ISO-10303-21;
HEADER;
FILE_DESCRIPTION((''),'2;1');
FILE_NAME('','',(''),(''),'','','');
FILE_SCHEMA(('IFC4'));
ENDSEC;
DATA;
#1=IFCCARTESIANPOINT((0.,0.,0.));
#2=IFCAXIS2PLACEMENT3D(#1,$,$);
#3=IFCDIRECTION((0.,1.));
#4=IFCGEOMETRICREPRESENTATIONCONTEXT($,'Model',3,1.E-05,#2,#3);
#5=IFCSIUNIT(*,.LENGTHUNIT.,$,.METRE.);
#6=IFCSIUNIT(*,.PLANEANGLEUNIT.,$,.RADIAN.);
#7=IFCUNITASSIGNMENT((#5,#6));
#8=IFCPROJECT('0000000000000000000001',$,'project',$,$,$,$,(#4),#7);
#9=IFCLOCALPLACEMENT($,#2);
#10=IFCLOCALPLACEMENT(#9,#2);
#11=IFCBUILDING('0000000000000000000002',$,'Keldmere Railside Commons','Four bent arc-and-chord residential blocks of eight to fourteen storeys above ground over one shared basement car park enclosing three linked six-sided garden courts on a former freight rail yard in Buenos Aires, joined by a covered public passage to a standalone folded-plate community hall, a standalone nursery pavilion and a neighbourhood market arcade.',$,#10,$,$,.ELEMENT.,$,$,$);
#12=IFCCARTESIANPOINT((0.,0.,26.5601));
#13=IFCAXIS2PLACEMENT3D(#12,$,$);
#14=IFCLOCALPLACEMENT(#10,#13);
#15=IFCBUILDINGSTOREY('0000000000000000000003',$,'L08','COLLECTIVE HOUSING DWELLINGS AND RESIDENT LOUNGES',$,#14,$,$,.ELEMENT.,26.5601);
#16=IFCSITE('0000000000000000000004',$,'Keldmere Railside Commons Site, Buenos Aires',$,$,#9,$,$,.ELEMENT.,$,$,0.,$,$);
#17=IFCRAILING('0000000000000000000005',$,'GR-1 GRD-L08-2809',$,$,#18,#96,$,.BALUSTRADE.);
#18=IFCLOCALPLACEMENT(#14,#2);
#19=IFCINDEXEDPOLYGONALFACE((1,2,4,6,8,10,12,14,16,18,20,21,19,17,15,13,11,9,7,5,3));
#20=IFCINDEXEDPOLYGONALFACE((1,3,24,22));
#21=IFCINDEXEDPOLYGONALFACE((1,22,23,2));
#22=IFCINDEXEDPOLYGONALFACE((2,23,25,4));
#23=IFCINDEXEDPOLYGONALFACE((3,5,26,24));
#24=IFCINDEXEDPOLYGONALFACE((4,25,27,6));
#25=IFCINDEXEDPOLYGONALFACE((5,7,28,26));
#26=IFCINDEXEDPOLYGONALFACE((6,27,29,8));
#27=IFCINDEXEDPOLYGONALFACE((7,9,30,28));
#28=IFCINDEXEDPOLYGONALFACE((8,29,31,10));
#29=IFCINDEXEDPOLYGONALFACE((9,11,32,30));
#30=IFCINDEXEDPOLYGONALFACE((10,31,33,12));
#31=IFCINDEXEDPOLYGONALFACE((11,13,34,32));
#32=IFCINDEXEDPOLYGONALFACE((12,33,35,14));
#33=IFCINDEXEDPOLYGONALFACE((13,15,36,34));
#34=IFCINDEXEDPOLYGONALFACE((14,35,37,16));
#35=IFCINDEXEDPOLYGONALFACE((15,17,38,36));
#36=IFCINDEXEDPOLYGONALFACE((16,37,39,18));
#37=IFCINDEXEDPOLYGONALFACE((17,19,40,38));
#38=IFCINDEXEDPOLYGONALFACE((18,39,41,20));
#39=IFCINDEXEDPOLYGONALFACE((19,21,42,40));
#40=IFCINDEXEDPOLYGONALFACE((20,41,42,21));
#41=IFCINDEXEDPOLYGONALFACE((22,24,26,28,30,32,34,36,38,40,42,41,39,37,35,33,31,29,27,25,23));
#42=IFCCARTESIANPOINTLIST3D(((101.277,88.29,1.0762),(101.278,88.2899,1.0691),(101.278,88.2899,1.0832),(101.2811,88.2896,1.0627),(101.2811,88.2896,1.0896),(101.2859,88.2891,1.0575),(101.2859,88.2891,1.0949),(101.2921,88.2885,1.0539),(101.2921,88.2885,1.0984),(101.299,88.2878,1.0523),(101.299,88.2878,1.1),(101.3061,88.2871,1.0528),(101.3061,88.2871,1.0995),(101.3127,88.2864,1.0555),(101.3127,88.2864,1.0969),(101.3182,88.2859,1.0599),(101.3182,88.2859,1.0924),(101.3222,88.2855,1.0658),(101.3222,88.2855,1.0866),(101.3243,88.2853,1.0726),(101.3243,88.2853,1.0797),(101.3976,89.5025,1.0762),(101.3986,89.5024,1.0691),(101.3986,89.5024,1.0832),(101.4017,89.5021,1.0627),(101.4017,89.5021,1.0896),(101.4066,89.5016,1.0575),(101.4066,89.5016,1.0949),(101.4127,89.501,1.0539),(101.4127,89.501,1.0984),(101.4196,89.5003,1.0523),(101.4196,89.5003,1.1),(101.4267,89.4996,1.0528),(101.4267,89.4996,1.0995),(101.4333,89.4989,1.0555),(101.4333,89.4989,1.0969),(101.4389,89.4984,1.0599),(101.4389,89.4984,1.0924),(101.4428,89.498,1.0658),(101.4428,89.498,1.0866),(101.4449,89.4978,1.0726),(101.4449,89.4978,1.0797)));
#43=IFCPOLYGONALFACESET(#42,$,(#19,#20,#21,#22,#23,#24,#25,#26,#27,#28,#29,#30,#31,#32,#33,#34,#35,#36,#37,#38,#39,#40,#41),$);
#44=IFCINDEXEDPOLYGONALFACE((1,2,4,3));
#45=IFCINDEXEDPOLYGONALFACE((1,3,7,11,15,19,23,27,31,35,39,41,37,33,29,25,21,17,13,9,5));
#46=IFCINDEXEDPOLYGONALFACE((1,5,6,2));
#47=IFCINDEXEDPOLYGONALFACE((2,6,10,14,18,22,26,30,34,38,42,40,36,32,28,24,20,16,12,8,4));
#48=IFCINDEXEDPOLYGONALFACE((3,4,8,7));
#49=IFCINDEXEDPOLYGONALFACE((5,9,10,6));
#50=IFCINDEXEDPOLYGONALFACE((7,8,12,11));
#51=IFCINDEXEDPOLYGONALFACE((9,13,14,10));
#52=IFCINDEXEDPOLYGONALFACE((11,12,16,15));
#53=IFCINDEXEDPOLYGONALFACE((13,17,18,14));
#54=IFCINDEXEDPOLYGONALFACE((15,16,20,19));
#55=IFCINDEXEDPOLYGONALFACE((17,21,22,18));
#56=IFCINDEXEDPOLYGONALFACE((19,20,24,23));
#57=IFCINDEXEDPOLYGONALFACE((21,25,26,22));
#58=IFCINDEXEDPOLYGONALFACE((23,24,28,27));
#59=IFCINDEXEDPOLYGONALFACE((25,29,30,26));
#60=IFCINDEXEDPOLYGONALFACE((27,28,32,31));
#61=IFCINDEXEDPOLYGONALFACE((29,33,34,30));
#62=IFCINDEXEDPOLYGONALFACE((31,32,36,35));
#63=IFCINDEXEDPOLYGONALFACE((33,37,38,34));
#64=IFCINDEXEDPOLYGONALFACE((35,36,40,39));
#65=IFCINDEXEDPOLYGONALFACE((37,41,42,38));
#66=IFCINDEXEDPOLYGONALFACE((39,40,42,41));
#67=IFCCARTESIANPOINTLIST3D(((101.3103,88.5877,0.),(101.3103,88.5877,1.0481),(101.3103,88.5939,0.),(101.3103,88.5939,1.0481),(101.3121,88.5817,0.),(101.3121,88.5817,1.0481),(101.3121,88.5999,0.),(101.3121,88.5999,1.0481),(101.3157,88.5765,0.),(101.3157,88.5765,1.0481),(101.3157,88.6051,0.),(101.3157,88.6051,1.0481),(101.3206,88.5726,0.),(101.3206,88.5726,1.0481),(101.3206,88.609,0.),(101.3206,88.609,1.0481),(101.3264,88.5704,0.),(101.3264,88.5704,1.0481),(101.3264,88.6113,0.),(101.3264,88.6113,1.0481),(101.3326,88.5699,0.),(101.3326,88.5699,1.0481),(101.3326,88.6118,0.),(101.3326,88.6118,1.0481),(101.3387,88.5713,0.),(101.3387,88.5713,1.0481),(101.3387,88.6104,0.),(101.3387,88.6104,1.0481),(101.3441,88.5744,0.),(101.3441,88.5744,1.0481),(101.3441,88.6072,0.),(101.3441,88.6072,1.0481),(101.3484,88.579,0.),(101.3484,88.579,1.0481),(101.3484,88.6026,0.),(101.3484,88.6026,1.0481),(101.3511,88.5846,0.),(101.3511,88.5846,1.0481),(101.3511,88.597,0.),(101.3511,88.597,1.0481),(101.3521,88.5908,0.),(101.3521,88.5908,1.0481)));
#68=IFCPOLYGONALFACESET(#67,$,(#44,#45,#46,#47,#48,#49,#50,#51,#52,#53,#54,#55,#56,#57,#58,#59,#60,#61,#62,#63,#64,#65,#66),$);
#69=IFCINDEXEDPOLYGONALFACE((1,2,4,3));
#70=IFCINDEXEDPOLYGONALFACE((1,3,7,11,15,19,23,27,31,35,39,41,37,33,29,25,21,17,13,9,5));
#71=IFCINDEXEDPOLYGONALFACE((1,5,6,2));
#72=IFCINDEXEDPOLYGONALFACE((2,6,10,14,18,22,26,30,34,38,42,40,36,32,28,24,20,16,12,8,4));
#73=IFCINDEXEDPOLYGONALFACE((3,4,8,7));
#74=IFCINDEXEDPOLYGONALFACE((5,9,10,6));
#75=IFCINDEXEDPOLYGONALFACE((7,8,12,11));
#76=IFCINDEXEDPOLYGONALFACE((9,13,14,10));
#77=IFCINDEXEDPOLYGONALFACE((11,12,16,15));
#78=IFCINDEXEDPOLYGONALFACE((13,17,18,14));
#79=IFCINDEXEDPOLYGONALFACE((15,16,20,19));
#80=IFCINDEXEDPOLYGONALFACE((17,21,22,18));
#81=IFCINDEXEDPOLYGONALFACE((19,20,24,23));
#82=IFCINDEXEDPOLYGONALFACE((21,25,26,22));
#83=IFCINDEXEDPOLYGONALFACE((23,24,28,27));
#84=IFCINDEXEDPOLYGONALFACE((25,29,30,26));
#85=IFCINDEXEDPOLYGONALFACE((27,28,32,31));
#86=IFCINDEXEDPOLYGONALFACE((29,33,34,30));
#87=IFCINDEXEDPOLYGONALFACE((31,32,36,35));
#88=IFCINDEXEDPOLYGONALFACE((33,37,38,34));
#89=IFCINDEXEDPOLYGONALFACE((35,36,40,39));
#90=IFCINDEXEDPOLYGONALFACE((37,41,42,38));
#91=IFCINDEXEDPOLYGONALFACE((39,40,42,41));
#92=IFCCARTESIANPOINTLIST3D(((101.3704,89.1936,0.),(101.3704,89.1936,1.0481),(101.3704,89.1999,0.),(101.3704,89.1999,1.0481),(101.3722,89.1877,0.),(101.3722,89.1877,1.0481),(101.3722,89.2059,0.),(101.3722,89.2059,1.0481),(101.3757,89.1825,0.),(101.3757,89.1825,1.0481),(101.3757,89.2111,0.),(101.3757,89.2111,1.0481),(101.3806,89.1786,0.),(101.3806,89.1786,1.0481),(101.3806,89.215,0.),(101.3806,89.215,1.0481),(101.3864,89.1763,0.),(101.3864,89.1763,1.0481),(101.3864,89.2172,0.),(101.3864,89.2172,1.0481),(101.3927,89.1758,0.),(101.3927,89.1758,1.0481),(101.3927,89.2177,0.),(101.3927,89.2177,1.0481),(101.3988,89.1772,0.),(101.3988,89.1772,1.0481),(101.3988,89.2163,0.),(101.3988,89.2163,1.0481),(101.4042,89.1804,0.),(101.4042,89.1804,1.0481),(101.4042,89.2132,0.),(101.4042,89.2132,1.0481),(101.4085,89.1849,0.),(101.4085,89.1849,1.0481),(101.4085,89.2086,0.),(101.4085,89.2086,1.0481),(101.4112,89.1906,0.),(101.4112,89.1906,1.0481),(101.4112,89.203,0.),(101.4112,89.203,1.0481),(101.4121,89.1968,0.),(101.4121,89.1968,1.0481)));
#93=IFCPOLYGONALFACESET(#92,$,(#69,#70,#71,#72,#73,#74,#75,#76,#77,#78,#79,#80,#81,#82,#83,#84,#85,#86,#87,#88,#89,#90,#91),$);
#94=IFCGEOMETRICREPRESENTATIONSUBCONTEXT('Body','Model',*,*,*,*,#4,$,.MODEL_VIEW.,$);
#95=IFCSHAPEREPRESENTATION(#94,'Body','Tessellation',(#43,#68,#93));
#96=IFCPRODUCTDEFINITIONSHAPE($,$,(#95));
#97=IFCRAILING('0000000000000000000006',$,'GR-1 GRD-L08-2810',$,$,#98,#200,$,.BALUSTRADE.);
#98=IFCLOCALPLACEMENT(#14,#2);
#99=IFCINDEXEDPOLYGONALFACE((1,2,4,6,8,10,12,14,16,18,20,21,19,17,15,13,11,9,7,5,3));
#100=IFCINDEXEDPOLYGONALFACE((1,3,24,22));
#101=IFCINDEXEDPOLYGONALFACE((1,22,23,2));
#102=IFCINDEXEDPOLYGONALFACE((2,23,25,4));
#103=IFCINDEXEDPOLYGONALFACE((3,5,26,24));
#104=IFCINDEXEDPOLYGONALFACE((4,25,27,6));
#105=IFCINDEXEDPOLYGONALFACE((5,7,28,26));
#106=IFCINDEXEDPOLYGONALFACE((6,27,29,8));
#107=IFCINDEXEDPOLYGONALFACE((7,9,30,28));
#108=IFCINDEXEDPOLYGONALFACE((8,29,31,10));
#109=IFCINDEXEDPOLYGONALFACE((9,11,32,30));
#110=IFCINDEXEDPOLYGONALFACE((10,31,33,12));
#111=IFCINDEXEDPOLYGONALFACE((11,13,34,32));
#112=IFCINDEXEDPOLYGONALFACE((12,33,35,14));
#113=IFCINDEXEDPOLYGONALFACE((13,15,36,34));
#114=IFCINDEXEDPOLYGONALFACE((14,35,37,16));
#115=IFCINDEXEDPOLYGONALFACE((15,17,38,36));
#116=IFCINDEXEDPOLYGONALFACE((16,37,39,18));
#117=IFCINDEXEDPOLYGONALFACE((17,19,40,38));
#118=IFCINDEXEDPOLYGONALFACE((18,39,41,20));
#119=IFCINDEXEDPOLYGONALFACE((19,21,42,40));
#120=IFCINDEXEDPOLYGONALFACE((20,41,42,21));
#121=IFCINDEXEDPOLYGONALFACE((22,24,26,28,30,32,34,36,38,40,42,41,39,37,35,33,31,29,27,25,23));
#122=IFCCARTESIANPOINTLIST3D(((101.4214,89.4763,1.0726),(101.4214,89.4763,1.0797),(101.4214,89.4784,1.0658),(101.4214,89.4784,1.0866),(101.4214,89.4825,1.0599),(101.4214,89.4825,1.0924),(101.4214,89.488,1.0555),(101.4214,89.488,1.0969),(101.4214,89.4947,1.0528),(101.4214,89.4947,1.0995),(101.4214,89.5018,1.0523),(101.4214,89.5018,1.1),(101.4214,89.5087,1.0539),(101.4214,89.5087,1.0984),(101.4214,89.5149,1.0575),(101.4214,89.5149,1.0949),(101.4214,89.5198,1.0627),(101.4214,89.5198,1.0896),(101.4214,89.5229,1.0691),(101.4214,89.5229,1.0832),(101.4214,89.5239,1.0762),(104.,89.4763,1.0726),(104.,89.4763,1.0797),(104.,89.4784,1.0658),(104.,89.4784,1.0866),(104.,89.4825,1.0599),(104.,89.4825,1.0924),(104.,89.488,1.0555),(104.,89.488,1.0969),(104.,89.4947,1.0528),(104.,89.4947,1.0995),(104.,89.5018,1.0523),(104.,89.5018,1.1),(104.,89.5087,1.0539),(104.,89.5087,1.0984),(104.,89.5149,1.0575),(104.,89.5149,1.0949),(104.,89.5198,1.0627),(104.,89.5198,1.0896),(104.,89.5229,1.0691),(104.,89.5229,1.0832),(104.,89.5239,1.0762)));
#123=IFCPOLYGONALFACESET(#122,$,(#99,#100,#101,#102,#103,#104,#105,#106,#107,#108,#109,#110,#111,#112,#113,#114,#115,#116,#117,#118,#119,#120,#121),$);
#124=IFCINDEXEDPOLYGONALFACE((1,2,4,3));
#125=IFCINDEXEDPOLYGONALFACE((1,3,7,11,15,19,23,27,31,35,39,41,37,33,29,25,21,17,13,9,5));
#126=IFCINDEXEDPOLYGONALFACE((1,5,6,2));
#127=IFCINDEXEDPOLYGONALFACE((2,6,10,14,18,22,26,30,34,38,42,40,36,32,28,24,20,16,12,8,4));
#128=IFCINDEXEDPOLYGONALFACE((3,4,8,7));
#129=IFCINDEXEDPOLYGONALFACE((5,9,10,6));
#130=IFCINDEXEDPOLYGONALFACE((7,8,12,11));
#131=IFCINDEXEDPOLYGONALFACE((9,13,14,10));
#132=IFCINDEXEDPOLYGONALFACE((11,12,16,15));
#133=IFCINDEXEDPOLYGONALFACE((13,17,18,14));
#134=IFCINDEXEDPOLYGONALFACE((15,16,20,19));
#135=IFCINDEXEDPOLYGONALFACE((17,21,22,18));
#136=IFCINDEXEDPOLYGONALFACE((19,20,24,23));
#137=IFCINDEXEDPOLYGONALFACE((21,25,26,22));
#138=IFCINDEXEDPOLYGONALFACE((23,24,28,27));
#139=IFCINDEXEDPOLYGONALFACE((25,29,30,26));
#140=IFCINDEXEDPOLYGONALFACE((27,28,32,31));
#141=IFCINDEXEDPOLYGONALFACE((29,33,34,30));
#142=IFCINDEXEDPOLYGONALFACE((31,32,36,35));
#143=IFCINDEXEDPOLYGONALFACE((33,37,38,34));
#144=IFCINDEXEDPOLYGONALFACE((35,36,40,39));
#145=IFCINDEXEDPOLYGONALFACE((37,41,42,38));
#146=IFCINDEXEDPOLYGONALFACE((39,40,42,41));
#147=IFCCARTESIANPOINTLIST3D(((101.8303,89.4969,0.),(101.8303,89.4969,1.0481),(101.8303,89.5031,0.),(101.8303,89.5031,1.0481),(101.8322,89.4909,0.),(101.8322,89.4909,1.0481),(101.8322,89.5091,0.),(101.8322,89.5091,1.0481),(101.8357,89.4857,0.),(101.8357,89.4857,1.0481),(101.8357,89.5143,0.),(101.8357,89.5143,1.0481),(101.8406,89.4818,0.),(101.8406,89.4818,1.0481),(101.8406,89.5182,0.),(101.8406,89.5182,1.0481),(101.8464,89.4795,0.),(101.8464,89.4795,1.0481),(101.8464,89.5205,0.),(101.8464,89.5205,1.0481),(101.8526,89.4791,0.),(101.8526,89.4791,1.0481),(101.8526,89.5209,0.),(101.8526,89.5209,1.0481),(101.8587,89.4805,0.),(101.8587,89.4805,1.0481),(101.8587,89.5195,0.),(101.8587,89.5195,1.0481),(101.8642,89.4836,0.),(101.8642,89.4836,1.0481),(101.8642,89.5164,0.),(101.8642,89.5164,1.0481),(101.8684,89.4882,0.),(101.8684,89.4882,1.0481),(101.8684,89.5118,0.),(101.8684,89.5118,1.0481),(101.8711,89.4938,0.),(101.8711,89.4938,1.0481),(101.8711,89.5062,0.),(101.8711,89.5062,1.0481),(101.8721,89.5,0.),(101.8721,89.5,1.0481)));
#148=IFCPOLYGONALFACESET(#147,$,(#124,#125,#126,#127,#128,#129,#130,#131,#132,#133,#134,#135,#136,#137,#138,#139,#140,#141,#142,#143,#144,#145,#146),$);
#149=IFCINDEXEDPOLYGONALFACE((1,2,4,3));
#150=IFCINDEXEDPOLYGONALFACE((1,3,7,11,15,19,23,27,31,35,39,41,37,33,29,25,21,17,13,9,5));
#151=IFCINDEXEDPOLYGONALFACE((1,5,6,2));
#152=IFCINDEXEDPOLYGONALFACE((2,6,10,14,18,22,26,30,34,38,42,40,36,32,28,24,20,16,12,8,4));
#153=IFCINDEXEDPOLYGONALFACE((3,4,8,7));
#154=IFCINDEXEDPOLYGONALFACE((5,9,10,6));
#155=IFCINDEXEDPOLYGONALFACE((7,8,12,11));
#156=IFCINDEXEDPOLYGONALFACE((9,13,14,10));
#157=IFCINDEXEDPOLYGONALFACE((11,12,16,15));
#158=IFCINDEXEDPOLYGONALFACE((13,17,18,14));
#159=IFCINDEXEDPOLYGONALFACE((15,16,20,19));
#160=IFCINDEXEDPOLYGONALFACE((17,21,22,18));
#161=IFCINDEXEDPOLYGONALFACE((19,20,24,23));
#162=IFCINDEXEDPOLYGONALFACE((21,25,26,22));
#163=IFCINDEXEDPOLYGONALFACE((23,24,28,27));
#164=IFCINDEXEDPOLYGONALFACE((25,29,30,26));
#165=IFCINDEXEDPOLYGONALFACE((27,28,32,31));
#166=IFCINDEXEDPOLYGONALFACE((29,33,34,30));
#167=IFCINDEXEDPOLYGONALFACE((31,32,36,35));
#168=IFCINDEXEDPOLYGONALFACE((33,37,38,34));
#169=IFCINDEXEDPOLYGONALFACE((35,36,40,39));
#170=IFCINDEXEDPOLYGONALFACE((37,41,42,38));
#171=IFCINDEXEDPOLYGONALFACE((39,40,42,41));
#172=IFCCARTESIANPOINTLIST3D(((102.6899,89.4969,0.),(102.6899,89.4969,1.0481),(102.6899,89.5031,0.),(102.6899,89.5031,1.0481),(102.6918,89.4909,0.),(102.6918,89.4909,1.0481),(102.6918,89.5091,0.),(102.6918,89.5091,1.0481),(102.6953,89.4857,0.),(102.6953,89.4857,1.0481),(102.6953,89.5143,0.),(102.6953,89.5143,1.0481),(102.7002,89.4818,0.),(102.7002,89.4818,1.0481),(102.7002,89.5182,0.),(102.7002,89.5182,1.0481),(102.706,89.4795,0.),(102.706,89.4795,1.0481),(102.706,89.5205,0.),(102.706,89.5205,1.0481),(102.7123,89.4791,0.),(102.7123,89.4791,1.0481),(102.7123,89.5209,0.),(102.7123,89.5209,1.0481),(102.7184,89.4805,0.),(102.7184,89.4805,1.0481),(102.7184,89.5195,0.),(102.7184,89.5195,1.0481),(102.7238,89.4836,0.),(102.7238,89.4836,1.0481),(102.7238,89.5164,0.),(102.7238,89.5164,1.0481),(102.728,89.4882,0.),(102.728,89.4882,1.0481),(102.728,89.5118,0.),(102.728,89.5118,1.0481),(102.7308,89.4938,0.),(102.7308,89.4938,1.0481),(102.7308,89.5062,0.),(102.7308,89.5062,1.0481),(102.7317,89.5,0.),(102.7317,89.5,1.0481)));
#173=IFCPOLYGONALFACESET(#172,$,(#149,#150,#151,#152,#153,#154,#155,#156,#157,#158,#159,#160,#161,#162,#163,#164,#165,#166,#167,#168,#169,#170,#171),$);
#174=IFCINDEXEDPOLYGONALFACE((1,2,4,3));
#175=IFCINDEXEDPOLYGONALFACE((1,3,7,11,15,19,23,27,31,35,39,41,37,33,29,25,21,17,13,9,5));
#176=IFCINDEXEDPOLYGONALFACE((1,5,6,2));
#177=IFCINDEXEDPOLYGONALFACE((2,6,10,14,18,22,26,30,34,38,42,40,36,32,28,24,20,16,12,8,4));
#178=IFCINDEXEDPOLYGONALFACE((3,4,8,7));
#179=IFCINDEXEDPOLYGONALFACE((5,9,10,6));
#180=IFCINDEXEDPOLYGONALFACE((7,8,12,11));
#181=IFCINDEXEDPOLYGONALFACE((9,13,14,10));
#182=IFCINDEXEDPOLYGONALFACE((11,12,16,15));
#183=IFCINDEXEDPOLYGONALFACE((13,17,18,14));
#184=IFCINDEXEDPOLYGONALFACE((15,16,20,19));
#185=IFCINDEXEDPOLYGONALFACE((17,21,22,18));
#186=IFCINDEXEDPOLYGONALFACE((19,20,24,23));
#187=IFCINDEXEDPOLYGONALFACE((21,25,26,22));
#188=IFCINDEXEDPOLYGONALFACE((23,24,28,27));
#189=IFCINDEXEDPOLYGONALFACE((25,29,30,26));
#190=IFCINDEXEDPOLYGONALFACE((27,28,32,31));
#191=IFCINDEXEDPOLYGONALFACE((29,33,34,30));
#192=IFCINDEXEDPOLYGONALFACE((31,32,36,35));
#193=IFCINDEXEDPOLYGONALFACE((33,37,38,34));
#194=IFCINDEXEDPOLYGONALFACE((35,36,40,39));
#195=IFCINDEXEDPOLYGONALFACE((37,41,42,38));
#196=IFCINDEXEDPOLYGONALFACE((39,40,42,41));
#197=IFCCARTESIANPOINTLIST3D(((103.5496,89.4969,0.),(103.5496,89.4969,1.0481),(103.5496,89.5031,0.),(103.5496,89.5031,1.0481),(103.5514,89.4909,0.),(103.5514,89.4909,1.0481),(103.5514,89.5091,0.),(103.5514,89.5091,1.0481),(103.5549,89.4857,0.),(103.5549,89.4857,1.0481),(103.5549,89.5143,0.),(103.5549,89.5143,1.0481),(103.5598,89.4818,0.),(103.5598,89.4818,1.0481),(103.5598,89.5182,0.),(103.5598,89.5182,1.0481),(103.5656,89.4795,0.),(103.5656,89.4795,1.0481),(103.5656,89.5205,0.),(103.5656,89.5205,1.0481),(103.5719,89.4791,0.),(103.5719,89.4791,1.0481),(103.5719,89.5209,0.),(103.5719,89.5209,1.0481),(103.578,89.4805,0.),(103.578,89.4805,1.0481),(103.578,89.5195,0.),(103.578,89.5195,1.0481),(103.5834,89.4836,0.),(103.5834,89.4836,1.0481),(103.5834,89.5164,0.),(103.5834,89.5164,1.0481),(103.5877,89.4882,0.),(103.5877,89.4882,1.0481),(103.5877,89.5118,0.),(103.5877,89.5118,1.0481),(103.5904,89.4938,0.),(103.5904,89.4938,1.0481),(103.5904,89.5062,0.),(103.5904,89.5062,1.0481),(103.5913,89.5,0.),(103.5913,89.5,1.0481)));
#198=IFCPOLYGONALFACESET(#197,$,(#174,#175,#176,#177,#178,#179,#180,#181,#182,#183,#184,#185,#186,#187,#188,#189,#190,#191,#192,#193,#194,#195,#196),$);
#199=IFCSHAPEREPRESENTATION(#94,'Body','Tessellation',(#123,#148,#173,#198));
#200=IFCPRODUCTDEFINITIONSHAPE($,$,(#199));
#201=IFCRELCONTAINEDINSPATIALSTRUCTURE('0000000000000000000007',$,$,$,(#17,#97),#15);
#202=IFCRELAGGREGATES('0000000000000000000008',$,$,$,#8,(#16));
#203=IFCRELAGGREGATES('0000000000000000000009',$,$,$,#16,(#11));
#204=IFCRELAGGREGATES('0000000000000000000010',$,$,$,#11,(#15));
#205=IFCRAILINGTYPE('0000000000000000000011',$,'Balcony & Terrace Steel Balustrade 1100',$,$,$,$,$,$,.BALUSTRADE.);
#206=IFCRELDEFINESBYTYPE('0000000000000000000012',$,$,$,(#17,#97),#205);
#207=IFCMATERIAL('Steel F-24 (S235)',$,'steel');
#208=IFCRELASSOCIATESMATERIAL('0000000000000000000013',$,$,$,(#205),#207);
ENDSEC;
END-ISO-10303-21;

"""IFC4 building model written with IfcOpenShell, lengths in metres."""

from ifc_helpers import new_model, si_unit, direction, frame, origin, origin_2d, place, context, subcontext, project, spatial, circle, extrude, material, type_object, element, save


model = new_model("IFC4")

# Units and contexts
model_context = context("Model", 3, precision=1e-05, world=origin(), true_north=direction((0.0, 1.0)))
body_context = subcontext(model_context, "Body", "Model", "MODEL_VIEW")
ifc_project = project(units=[si_unit("LENGTHUNIT", "METRE"), si_unit("PLANEANGLEUNIT", "RADIAN")], contexts=[model_context])

# Site, building, storey
site_placement = place(None, origin())
site = spatial("IfcSite", under=ifc_project, at=site_placement, Name="Keldmere Railside Commons Site, Buenos Aires", CompositionType="ELEMENT", RefElevation=0.0)
building_placement = place(site_placement, origin())
building = spatial("IfcBuilding", under=site, at=building_placement, Name="Keldmere Railside Commons", Description="Four bent arc-and-chord residential blocks of eight to fourteen storeys above ground over one shared basement car park enclosing three linked six-sided garden courts on a former freight rail yard in Buenos Aires, joined by a covered public passage to a standalone folded-plate community hall, a standalone nursery pavilion and a neighbourhood market arcade.", CompositionType="ELEMENT")
storey_placement = place(building_placement, frame((0.0, 0.0, 26.5601)))
storey = spatial("IfcBuildingStorey", under=building, at=storey_placement, Name="L08", Description="COLLECTIVE HOUSING DWELLINGS AND RESIDENT LOUNGES", CompositionType="ELEMENT", Elevation=26.5601)

# Railings
ifc_material_1 = material(Name="Steel F-24 (S235)", Category="steel")
railing_type = type_object("IfcRailingType", Name="Balcony & Terrace Steel Balustrade 1100", PredefinedType="BALUSTRADE", material=ifc_material_1)
railing_1_placement = place(storey_placement, frame((101.3008, 88.2876, 0.0)))
element("IfcRailing", 1, at=railing_1_placement, inside=storey, type_object=railing_type, Name="GR-1 GRD-L08-2809", PredefinedType="BALUSTRADE", context=body_context, shape_type="SweptSolid", body=[
    extrude(circle(Radius=0.0239, at=origin_2d()), frame((0.0, 0.0, 1.0762), z_axis=(0.098988, 0.995089, 0.0), x_axis=(-0.995089, 0.098988, 0.0)), (0.0, 0.0, 1.0), 1.2185),
    extrude(circle(Radius=0.021, at=origin_2d()), frame((0.0303, 0.3032, 0.0)), (0.0, 0.0, 1.0), 1.0481),
    extrude(circle(Radius=0.021, at=origin_2d()), frame((0.0903, 0.9092, 0.0)), (0.0, 0.0, 1.0), 1.0481),
])
railing_2_placement = place(storey_placement, frame((101.4214, 89.5, 0.0)))
element("IfcRailing", 2, at=railing_2_placement, inside=storey, type_object=railing_type, Name="GR-1 GRD-L08-2810", PredefinedType="BALUSTRADE", context=body_context, shape_type="SweptSolid", body=[
    extrude(circle(Radius=0.0239, at=origin_2d()), frame((0.0, 0.0, 1.0762), z_axis=(1.0, 0.0, 0.0), x_axis=(0.0, 1.0, 0.0)), (0.0, 0.0, 1.0), 2.5786),
    extrude(circle(Radius=0.021, at=origin_2d()), frame((0.4297, 0.0, 0.0)), (0.0, 0.0, 1.0), 1.0481),
    extrude(circle(Radius=0.021, at=origin_2d()), frame((1.2893, 0.0, 0.0)), (0.0, 0.0, 1.0), 1.0481),
    extrude(circle(Radius=0.021, at=origin_2d()), frame((2.1489, 0.0, 0.0)), (0.0, 0.0, 1.0), 1.0481),
])

save(model, "model.ifc")
